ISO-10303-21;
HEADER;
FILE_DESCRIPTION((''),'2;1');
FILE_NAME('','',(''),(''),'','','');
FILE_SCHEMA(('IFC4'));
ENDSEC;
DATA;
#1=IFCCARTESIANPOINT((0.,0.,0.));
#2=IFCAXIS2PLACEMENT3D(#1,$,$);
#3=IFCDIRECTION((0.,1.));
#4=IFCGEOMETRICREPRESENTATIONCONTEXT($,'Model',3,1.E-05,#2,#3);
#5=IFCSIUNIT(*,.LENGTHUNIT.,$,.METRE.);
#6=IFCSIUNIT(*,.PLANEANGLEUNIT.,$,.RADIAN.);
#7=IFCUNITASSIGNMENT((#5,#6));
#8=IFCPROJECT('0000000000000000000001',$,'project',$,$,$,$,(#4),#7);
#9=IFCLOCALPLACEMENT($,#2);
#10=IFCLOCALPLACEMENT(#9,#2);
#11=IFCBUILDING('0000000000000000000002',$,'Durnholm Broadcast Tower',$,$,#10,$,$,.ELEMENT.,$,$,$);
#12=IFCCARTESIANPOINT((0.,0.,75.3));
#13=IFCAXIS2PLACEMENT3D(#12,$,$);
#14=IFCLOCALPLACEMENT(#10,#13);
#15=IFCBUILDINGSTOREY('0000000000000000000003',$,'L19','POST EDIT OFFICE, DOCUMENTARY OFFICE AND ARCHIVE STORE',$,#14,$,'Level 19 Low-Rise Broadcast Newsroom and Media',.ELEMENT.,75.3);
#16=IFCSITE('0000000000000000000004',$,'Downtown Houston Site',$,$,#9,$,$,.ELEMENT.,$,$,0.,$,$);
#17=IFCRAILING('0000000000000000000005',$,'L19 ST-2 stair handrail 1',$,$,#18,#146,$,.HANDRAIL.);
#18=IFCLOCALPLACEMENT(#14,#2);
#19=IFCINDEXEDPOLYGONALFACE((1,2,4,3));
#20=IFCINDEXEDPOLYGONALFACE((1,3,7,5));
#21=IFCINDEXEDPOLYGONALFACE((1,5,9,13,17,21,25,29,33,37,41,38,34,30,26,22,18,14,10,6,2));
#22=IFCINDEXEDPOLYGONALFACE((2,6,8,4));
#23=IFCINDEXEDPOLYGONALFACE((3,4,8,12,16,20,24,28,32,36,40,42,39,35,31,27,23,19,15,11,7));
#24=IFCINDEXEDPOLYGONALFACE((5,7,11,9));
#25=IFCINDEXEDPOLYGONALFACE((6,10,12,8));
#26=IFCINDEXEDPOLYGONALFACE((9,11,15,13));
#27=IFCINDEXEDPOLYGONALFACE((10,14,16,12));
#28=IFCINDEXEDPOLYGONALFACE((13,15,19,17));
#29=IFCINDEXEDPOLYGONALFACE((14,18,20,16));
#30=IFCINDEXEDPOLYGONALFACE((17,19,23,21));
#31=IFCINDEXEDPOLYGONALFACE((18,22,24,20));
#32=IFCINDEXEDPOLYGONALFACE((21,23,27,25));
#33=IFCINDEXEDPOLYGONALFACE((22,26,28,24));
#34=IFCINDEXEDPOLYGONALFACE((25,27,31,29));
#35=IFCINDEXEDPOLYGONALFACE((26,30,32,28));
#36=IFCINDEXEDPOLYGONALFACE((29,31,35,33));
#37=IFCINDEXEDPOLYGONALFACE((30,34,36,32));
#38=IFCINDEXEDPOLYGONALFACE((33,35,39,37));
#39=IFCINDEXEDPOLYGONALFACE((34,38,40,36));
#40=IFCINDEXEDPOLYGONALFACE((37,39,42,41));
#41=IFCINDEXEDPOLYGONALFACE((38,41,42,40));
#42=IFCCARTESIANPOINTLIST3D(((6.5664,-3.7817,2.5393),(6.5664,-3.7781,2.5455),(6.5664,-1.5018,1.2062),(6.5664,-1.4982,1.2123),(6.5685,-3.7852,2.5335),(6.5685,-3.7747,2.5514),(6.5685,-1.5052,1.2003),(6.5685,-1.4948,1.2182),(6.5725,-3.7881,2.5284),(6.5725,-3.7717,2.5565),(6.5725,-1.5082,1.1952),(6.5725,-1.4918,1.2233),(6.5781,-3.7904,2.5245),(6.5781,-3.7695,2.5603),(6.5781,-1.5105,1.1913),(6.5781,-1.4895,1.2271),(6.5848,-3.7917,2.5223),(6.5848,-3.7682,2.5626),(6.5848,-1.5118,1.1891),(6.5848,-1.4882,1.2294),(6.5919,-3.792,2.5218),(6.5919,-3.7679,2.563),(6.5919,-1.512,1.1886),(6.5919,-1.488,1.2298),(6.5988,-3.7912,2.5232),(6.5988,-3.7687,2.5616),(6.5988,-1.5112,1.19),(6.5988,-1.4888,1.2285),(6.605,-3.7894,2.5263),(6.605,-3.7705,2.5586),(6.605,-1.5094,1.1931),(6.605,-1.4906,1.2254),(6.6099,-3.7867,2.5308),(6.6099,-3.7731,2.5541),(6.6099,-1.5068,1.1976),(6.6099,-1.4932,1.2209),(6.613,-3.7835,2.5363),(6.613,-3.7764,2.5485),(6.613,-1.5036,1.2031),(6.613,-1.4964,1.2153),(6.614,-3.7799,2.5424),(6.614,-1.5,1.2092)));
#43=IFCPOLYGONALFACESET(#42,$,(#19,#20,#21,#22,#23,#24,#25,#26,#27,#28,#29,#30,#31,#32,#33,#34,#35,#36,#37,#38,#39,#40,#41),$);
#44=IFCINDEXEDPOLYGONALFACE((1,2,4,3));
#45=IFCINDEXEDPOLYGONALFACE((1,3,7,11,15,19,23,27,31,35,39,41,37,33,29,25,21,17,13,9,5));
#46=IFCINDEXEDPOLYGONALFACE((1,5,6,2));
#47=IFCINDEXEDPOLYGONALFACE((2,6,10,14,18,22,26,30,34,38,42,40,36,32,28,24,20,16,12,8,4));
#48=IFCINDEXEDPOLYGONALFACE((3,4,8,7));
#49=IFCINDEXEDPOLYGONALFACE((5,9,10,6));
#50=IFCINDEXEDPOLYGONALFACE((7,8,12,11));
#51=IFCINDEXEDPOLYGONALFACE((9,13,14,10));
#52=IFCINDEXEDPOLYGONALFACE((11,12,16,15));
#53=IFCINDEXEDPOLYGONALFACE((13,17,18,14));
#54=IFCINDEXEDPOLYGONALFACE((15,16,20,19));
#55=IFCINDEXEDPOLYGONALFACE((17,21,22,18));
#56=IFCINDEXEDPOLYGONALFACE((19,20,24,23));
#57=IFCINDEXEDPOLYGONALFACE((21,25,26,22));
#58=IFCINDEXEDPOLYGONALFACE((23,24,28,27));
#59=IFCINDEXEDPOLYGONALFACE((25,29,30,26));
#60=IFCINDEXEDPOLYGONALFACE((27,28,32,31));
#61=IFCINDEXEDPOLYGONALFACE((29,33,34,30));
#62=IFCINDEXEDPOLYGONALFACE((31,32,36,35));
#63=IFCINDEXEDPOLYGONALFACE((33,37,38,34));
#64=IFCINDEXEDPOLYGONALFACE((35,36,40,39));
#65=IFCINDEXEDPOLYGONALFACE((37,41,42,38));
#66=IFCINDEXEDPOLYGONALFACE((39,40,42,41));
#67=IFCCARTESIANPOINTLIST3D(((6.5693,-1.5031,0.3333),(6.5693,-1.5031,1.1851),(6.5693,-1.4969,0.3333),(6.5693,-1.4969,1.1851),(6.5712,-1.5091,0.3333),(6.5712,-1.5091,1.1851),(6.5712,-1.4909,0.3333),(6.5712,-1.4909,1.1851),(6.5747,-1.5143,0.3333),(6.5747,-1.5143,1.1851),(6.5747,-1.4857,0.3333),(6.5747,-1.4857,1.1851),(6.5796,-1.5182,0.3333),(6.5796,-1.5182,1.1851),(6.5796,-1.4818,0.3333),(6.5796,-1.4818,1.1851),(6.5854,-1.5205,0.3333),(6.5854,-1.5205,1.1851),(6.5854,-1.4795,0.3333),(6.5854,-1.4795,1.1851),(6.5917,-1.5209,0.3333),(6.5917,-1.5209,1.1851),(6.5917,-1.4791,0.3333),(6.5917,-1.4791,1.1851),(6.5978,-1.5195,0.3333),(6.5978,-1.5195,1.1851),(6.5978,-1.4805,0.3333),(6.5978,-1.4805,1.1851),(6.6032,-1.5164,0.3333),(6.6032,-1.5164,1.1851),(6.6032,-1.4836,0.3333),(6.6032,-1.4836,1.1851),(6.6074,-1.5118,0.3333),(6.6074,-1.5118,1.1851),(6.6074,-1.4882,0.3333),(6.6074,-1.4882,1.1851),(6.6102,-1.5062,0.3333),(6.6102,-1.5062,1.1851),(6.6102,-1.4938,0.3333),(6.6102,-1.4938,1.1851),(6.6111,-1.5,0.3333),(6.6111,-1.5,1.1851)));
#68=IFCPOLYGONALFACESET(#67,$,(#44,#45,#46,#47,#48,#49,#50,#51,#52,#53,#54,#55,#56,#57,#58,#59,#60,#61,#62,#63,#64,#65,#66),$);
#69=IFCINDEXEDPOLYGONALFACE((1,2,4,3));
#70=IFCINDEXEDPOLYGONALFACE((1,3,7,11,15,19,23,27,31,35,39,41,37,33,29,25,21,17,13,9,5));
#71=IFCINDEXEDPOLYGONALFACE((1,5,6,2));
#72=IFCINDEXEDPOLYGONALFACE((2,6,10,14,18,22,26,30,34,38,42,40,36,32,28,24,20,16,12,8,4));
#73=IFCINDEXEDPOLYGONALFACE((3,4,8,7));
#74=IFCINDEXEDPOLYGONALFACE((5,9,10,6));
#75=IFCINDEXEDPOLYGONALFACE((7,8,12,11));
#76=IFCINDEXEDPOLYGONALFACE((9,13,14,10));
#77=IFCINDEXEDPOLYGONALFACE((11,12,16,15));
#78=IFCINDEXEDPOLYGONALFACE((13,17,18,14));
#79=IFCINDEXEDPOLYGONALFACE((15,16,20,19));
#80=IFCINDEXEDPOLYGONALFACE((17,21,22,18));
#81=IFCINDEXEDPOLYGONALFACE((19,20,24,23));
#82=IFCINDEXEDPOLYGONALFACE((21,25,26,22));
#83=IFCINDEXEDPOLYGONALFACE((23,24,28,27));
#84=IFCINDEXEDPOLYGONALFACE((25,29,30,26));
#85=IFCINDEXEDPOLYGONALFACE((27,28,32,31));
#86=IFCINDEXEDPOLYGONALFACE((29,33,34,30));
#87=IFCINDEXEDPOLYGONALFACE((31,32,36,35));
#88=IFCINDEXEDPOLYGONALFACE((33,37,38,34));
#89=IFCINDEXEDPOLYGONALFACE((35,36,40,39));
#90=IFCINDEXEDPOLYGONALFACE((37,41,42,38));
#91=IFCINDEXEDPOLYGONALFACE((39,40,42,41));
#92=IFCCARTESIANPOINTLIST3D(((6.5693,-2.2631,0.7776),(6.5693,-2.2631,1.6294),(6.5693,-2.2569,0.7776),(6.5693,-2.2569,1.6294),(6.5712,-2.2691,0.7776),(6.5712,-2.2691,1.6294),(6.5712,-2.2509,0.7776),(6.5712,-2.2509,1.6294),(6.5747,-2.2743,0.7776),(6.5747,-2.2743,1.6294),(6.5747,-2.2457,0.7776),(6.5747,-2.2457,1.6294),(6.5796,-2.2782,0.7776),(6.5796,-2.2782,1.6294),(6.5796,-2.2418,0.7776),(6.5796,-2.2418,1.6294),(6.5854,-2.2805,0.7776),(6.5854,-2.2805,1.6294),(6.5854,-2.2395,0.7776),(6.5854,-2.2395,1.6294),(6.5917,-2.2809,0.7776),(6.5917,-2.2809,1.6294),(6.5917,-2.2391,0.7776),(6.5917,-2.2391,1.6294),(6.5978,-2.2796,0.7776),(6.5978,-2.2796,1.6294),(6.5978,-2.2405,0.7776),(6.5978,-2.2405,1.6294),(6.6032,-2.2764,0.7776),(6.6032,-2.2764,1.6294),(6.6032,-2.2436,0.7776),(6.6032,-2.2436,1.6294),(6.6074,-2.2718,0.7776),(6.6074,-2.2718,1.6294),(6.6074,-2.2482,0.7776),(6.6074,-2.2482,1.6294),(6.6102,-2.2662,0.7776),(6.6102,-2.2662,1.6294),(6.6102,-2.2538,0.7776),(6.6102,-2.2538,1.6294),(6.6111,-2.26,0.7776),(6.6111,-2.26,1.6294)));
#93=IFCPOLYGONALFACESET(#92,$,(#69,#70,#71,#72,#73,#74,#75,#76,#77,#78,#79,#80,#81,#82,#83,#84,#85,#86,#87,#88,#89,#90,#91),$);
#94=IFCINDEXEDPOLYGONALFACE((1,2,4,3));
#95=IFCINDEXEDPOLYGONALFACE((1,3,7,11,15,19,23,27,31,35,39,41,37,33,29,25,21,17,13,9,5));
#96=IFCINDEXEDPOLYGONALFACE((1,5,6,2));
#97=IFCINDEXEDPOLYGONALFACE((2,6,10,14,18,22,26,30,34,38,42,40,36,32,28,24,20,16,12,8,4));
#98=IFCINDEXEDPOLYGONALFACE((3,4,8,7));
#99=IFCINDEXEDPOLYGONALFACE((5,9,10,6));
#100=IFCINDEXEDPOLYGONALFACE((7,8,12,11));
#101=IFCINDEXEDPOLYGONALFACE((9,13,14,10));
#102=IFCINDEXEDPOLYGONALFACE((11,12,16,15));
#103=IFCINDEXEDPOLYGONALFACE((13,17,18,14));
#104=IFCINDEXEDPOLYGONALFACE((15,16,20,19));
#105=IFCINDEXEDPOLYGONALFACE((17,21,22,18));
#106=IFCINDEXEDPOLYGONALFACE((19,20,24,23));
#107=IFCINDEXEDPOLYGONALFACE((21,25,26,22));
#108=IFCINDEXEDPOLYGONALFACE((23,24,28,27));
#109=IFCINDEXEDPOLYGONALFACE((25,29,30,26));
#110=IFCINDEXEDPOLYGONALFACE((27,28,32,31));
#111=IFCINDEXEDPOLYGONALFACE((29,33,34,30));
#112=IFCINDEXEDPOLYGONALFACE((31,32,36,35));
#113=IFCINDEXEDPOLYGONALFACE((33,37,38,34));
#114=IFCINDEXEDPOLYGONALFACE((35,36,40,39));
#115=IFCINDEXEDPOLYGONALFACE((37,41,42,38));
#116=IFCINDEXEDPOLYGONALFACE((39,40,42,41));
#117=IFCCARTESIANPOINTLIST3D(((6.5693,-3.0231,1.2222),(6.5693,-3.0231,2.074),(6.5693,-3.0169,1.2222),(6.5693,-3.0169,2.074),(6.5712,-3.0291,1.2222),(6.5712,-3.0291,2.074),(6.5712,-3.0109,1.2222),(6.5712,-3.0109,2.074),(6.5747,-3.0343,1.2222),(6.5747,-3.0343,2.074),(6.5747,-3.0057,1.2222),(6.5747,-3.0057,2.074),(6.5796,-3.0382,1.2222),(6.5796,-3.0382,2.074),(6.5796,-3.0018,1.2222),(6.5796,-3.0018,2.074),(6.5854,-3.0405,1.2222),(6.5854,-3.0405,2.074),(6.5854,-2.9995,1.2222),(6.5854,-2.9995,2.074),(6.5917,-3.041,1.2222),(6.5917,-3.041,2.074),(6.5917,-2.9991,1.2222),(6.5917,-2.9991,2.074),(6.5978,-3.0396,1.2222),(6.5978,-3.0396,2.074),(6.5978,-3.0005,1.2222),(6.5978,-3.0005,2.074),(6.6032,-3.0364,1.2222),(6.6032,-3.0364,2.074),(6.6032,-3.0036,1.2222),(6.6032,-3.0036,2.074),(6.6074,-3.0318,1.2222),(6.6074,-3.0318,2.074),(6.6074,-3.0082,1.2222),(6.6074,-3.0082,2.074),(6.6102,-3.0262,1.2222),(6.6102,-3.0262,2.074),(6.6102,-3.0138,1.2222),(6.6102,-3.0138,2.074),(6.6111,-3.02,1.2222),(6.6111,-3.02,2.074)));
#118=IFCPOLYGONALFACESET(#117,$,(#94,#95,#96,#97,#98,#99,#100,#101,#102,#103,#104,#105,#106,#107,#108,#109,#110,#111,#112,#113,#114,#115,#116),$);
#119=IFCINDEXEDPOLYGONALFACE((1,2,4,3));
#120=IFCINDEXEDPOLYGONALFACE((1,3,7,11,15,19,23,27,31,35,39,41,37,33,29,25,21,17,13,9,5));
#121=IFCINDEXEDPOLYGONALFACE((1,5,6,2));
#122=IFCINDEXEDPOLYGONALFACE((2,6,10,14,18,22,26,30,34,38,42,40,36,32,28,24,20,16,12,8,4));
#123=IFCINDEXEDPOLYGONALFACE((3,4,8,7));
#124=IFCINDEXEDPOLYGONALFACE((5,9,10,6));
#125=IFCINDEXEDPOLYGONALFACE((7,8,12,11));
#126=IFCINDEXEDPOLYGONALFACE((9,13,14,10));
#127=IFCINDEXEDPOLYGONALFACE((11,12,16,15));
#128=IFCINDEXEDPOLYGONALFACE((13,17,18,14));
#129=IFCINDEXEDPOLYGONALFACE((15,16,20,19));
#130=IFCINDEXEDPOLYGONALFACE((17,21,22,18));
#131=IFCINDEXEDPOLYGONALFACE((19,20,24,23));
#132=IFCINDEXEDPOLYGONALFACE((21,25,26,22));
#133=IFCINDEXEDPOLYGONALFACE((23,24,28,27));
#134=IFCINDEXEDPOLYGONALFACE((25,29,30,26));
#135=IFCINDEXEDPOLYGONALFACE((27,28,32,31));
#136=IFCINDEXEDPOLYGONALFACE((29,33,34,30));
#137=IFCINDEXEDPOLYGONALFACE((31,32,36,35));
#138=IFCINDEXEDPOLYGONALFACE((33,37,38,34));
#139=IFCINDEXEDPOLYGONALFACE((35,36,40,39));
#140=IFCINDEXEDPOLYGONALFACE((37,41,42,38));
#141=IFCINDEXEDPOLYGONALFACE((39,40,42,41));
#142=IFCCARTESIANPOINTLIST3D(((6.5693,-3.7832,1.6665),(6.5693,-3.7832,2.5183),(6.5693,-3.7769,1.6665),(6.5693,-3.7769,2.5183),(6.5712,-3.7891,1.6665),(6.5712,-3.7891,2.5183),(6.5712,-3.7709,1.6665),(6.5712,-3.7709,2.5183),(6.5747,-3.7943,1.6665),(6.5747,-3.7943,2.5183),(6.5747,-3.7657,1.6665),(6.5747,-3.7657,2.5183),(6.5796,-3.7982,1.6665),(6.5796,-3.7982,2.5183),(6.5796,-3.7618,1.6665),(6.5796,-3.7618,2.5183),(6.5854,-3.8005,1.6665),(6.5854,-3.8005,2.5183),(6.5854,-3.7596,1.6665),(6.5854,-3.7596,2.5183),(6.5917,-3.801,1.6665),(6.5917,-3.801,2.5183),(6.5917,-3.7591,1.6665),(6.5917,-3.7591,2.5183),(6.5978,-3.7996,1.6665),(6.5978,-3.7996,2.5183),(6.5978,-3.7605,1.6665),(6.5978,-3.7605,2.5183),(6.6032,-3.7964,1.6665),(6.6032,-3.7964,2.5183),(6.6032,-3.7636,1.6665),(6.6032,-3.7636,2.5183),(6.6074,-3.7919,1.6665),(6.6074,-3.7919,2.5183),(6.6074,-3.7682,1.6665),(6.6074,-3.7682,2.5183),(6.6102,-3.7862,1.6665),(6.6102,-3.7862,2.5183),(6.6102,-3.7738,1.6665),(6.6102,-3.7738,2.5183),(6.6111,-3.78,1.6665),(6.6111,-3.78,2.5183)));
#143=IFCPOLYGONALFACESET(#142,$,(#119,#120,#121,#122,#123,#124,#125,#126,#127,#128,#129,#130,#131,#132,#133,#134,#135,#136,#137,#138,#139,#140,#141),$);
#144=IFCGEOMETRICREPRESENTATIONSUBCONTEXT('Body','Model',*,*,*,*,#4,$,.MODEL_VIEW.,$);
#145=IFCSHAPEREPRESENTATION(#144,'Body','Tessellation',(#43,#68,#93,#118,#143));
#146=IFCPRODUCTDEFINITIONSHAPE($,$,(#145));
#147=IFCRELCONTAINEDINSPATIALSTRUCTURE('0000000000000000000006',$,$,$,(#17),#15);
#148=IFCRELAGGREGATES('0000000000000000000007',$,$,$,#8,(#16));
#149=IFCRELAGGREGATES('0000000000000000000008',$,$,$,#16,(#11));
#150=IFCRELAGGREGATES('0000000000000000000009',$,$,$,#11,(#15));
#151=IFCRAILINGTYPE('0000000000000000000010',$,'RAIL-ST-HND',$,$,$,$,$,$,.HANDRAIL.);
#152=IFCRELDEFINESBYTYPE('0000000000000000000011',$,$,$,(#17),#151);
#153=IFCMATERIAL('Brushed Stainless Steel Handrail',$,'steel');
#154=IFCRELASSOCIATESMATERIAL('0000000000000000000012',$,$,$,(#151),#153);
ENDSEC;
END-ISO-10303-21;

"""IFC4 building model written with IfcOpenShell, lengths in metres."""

from ifc_helpers import new_model, si_unit, direction, frame, origin, origin_2d, place, context, subcontext, project, spatial, circle, extrude, material, type_object, element, save


model = new_model("IFC4")

# Units and contexts
model_context = context("Model", 3, precision=1e-05, world=origin(), true_north=direction((0.0, 1.0)))
body_context = subcontext(model_context, "Body", "Model", "MODEL_VIEW")
ifc_project = project(units=[si_unit("LENGTHUNIT", "METRE"), si_unit("PLANEANGLEUNIT", "RADIAN")], contexts=[model_context])

# Site, building, storey
site_placement = place(None, origin())
site = spatial("IfcSite", under=ifc_project, at=site_placement, Name="Downtown Houston Site", CompositionType="ELEMENT", RefElevation=0.0)
building_placement = place(site_placement, origin())
building = spatial("IfcBuilding", under=site, at=building_placement, Name="Durnholm Broadcast Tower", CompositionType="ELEMENT")
storey_placement = place(building_placement, frame((0.0, 0.0, 75.3)))
storey = spatial("IfcBuildingStorey", under=building, at=storey_placement, Name="L19", Description="POST EDIT OFFICE, DOCUMENTARY OFFICE AND ARCHIVE STORE", LongName="Level 19 Low-Rise Broadcast Newsroom and Media", CompositionType="ELEMENT", Elevation=75.3)

# Railing
ifc_material_1 = material(Name="Brushed Stainless Steel Handrail", Category="steel")
railing_type_1 = type_object("IfcRailingType", Name="RAIL-ST-HND", PredefinedType="HANDRAIL", material=ifc_material_1)
railing_1_placement = place(storey_placement, frame((6.5901, -1.5, 0.3333)))
element("IfcRailing", 1, at=railing_1_placement, inside=storey, type_object=railing_type_1, Name="L19 ST-2 stair handrail 1", PredefinedType="HANDRAIL", context=body_context, shape_type="SweptSolid", body=[
    extrude(circle(Radius=0.0239, at=origin_2d()), frame((0.0, 0.0, 0.876), z_axis=(0.0, -0.863245, 0.504785), x_axis=(1.0, 0.0, 0.0)), (0.0, 0.0, 1.0), 2.6411),
    extrude(circle(Radius=0.021, at=origin_2d()), origin(), (0.0, 0.0, 1.0), 0.8518),
    extrude(circle(Radius=0.021, at=origin_2d()), frame((0.0, -0.76, 0.4443)), (0.0, 0.0, 1.0), 0.8518),
    extrude(circle(Radius=0.021, at=origin_2d()), frame((0.0, -1.52, 0.8889)), (0.0, 0.0, 1.0), 0.8518),
    extrude(circle(Radius=0.021, at=origin_2d()), frame((0.0, -2.28, 1.3333)), (0.0, 0.0, 1.0), 0.8518),
])

save(model, "model.ifc")
